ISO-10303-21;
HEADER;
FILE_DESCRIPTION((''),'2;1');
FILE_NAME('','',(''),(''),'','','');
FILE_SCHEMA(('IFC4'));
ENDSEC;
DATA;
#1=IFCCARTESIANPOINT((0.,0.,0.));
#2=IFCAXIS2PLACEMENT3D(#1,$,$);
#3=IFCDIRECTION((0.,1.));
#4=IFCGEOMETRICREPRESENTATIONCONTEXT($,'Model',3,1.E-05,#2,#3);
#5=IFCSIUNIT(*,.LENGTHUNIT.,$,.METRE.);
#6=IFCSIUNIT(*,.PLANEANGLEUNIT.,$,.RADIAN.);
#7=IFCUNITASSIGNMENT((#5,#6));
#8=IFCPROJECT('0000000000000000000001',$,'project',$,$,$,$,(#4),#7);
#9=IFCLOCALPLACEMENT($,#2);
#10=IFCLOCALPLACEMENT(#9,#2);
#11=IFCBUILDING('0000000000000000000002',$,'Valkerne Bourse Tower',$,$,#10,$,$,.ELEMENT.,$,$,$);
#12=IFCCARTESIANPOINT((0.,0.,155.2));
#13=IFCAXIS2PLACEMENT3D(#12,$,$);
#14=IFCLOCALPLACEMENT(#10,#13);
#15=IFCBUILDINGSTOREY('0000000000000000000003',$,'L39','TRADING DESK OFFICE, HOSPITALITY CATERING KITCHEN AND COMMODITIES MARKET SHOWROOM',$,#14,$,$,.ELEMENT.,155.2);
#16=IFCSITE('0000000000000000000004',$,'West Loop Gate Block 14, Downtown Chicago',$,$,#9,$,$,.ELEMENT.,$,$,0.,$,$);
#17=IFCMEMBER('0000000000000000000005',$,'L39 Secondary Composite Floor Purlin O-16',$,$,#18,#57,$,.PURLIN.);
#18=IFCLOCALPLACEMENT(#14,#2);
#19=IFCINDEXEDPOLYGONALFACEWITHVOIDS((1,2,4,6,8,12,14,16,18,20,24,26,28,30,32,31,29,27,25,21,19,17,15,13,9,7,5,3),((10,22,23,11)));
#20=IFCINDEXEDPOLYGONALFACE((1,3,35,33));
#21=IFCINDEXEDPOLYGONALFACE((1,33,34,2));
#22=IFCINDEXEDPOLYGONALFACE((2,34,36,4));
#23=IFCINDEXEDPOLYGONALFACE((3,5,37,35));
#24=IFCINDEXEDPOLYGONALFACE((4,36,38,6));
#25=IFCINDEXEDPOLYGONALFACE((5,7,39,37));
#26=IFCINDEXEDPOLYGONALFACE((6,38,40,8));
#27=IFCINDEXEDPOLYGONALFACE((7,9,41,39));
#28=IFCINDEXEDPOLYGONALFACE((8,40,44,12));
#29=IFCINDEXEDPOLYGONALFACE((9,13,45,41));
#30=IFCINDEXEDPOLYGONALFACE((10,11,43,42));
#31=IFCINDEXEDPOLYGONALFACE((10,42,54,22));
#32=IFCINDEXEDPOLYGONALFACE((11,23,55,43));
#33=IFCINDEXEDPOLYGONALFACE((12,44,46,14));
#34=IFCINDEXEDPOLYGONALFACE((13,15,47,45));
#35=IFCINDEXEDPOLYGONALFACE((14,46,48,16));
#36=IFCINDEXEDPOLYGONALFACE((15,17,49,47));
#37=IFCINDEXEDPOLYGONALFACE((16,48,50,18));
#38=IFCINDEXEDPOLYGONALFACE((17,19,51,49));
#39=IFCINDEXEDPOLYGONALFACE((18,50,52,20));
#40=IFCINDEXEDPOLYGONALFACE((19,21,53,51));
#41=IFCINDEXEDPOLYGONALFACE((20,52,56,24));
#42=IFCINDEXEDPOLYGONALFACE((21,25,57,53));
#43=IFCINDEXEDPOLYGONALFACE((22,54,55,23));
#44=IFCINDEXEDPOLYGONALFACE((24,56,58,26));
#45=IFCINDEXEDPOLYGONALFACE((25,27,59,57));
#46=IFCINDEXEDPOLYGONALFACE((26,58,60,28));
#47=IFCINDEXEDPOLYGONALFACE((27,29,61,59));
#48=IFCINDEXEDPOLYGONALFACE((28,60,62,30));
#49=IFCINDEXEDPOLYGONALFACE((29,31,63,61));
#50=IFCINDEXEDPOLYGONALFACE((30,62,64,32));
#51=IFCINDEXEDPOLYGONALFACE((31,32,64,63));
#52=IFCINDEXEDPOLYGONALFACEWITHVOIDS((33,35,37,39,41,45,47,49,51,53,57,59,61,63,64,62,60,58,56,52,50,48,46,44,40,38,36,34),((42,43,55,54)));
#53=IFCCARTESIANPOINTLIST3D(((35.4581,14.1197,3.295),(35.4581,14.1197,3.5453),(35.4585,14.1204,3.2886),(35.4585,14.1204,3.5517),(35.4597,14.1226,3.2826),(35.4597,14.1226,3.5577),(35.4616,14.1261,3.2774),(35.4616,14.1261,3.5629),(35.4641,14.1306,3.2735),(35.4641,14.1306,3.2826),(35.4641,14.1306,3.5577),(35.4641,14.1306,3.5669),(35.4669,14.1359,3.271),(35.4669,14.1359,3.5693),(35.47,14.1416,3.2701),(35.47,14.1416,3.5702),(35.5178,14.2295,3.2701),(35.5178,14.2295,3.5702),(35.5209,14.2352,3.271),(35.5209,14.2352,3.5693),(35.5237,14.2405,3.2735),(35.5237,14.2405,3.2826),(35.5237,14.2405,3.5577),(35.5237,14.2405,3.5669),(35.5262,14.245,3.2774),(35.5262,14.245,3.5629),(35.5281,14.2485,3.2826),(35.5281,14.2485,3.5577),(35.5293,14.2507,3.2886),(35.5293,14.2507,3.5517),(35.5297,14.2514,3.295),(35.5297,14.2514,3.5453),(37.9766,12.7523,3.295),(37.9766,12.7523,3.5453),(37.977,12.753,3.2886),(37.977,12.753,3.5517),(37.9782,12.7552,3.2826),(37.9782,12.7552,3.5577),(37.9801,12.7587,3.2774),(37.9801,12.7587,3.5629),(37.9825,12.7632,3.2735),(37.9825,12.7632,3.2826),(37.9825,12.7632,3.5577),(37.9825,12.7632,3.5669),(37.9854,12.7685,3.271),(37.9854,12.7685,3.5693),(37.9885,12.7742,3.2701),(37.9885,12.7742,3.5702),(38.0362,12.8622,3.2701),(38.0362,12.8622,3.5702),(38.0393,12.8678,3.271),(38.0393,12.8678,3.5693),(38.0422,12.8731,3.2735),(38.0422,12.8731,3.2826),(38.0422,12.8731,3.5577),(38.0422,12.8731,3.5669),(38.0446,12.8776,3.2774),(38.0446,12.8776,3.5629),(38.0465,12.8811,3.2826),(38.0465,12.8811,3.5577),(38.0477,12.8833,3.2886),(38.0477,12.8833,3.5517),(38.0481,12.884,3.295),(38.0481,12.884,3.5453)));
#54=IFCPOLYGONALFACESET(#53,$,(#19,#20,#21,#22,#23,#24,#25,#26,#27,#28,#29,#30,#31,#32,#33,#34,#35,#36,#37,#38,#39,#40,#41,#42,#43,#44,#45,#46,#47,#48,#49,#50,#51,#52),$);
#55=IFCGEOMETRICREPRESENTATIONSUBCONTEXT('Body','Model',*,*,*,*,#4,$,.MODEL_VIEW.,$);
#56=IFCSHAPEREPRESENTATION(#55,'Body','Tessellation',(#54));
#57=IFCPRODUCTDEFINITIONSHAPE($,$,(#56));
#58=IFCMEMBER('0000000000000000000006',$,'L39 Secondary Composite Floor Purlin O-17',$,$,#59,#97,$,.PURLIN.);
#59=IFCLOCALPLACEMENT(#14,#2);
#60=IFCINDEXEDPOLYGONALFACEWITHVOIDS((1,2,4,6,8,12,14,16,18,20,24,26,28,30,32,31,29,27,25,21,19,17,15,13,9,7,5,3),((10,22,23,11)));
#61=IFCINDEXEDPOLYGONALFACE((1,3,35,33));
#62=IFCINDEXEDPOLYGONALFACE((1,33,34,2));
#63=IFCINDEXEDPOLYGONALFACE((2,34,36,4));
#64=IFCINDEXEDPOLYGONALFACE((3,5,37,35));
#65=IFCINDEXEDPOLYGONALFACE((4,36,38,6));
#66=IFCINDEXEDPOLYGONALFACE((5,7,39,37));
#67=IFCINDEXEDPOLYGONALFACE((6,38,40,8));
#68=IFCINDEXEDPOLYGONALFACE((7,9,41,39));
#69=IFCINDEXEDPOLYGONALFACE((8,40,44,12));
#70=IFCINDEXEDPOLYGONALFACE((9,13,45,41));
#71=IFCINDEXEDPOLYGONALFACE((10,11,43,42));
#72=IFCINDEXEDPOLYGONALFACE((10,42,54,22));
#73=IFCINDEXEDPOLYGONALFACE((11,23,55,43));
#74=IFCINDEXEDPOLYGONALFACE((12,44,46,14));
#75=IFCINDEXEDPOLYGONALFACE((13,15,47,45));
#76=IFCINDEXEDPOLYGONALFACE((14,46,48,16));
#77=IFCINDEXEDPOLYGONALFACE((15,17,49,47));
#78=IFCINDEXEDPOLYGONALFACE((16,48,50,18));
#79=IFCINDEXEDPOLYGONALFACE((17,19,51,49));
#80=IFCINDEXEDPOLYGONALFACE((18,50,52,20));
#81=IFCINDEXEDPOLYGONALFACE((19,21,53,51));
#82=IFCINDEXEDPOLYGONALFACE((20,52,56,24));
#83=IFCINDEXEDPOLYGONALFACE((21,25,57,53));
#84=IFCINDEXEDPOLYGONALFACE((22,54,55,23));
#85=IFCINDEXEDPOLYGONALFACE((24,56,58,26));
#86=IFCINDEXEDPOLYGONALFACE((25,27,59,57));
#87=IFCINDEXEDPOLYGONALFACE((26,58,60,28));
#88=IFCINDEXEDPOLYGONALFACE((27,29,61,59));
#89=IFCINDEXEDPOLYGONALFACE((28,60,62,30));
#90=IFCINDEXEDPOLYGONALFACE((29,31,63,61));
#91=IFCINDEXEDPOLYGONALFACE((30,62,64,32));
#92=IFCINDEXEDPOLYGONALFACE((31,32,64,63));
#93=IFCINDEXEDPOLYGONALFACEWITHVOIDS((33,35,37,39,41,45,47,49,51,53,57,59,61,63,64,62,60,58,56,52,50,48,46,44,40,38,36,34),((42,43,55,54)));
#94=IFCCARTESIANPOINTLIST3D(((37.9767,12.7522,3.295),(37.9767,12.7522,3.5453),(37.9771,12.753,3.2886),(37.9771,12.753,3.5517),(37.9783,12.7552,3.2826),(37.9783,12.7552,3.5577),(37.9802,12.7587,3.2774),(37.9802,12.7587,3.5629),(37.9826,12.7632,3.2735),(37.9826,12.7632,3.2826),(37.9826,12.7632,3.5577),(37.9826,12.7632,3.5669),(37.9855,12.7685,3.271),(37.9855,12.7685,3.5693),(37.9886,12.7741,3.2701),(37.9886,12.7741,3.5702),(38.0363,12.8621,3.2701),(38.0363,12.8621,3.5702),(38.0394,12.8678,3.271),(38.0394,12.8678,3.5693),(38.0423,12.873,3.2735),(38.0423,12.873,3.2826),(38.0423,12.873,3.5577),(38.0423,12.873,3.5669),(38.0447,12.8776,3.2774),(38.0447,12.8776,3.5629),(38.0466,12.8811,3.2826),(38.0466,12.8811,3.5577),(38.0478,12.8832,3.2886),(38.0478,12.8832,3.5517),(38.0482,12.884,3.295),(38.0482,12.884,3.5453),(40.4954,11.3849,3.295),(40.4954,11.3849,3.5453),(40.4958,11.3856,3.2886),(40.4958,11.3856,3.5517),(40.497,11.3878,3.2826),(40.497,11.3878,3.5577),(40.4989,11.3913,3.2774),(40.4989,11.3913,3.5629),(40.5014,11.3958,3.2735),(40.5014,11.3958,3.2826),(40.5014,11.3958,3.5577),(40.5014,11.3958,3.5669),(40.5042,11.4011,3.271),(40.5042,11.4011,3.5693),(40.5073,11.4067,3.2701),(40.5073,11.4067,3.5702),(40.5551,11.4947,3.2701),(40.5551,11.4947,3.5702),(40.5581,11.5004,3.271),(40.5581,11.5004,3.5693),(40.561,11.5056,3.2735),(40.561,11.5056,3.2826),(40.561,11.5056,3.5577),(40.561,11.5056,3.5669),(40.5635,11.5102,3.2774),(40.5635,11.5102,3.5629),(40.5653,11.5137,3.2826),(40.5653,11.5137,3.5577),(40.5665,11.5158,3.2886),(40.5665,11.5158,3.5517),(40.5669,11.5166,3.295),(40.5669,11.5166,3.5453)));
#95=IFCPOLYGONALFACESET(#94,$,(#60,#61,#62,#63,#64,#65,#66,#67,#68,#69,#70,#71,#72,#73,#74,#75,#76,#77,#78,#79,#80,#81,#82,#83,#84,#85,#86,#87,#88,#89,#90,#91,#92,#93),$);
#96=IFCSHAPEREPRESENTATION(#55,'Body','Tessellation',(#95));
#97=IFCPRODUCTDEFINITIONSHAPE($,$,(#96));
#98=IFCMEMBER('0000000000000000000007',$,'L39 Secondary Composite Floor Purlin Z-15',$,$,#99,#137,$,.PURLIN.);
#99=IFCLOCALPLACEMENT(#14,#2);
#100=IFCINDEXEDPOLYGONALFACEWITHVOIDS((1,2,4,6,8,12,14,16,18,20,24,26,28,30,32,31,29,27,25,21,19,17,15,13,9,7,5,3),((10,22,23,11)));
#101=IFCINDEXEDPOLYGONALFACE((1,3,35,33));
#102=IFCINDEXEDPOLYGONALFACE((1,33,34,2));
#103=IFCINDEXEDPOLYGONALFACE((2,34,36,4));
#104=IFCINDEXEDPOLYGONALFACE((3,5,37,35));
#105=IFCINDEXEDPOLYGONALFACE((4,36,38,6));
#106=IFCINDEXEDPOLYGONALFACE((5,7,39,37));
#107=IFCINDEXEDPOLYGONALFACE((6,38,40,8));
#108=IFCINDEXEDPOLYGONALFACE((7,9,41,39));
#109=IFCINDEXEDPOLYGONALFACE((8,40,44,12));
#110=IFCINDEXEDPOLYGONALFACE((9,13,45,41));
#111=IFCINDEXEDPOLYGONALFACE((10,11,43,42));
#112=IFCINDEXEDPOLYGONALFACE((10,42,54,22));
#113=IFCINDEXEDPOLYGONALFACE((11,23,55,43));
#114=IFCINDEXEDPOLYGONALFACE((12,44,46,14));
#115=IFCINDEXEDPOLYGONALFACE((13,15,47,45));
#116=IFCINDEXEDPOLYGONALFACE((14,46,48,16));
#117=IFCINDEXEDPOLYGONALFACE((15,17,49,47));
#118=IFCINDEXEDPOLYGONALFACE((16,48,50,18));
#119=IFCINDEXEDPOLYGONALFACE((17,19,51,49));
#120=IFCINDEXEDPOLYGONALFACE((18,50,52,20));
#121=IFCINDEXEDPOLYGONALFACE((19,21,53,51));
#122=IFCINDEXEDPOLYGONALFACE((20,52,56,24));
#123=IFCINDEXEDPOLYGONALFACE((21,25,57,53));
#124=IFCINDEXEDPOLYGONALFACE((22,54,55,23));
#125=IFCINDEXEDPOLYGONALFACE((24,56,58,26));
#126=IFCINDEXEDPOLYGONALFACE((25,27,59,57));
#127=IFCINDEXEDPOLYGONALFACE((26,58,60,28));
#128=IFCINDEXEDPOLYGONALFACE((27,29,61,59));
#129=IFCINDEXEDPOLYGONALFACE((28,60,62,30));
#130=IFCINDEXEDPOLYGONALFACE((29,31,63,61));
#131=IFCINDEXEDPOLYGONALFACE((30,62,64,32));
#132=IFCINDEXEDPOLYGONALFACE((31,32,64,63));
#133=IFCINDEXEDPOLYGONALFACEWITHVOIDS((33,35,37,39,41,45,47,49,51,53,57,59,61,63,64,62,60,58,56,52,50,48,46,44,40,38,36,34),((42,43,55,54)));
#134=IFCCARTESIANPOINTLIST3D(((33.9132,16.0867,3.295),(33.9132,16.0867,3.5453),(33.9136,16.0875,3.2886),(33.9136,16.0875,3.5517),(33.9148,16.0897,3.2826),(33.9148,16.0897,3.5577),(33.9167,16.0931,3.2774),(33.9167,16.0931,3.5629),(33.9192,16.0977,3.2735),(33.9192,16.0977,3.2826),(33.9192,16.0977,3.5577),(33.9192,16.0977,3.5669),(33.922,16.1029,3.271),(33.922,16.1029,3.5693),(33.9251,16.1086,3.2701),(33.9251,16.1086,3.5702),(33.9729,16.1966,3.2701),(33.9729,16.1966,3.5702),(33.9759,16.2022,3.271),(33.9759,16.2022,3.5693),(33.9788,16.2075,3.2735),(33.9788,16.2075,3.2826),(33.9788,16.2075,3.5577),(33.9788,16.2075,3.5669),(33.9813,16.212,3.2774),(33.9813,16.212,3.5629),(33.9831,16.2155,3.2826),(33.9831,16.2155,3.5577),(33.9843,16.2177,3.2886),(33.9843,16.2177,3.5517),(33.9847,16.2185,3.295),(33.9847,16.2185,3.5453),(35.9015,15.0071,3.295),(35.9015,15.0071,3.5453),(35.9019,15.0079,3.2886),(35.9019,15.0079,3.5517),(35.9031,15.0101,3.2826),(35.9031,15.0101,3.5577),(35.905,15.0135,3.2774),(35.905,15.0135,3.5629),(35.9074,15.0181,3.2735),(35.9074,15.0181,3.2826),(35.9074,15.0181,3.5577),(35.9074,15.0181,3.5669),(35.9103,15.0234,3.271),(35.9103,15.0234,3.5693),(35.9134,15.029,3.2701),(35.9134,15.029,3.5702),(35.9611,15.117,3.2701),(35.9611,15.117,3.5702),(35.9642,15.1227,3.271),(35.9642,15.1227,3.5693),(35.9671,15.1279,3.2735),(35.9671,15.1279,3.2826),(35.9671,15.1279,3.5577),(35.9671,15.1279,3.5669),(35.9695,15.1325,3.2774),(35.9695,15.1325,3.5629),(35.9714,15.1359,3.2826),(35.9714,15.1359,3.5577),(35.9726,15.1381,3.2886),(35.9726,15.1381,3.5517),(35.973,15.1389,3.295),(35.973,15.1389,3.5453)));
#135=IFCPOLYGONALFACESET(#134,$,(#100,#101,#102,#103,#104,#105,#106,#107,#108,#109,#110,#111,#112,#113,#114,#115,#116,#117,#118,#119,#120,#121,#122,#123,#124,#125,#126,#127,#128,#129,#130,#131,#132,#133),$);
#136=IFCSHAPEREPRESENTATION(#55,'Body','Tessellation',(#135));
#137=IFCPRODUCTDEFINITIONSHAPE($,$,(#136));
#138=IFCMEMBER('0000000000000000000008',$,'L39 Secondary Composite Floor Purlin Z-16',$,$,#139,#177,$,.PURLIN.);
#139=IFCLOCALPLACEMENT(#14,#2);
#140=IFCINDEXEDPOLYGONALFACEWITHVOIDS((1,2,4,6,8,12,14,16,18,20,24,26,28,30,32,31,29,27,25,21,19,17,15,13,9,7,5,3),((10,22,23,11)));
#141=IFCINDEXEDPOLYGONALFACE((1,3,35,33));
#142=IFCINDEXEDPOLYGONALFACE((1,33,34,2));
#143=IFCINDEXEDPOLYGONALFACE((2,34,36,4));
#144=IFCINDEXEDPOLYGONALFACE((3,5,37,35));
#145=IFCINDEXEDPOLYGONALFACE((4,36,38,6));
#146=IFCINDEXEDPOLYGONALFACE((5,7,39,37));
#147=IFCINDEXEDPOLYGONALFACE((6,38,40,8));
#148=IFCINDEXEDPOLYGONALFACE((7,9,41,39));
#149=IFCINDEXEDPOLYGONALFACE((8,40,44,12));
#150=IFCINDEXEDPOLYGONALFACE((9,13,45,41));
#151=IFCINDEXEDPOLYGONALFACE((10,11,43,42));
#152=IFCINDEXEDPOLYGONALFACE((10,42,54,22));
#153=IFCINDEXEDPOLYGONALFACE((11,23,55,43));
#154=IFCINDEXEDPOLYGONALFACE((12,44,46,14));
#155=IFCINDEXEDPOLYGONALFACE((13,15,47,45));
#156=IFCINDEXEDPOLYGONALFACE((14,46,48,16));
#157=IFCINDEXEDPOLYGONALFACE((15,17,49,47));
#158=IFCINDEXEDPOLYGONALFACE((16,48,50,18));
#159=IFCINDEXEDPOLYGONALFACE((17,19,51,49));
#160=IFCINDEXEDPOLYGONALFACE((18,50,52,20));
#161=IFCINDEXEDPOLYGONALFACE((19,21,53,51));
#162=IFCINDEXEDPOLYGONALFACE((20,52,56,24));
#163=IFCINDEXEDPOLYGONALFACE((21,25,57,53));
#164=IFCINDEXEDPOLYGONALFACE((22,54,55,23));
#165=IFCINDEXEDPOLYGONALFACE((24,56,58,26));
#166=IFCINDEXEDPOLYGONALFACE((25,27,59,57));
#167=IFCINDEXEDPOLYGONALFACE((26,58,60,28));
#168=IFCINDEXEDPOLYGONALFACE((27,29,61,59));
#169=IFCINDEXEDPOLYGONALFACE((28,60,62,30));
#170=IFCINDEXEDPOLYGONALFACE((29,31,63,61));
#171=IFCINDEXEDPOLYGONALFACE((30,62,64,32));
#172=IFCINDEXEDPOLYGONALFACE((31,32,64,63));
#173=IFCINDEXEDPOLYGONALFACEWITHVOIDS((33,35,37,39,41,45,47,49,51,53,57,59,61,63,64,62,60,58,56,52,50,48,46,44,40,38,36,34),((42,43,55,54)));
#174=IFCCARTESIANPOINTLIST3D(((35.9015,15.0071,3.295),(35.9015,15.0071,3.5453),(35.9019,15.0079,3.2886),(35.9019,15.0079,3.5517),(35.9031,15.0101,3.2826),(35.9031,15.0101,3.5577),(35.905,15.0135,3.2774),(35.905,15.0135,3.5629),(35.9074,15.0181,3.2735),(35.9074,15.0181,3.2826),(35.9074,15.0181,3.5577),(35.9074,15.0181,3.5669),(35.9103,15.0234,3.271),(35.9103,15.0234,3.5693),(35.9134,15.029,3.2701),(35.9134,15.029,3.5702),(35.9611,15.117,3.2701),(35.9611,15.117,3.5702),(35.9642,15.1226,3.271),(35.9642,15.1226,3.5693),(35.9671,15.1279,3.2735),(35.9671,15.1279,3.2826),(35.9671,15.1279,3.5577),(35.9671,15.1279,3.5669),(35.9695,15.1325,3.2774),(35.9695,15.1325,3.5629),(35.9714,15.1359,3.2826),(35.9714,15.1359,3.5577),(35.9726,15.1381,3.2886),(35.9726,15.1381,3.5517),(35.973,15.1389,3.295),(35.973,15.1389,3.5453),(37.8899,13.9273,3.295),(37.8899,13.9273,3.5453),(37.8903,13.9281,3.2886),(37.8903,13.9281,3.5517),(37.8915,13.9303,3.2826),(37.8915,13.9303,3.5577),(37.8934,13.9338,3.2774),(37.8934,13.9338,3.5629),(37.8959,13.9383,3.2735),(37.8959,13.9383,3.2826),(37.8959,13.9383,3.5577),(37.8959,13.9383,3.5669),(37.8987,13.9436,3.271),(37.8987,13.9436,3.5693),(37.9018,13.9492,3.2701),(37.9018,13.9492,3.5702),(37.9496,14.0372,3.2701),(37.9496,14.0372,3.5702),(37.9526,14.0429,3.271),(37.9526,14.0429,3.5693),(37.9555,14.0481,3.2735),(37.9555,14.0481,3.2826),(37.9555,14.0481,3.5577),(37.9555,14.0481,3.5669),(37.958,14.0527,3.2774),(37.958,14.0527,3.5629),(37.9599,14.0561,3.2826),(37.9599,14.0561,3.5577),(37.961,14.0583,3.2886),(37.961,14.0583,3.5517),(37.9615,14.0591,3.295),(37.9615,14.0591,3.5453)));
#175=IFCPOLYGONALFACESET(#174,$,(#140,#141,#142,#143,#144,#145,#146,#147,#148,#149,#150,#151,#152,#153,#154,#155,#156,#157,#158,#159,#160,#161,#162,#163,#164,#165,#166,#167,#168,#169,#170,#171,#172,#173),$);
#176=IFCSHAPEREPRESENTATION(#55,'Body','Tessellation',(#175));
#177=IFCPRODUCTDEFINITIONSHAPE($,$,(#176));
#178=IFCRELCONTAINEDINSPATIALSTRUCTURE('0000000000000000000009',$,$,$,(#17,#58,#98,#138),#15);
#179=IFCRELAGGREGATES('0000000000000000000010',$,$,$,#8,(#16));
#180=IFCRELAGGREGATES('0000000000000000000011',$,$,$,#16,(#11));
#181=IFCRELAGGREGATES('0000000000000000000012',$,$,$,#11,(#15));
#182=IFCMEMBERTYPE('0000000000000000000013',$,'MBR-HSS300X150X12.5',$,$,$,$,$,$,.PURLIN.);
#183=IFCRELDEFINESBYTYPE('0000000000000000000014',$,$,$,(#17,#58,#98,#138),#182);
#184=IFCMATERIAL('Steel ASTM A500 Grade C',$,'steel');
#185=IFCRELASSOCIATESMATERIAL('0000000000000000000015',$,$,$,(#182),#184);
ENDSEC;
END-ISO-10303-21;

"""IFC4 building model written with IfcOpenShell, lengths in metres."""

from ifc_helpers import new_model, si_unit, direction, frame, origin, origin_2d, place, context, subcontext, project, spatial, hollow_rectangle, extrude, material, material_profile, profile_set, type_object, element, save


model = new_model("IFC4")

# Units and contexts
model_context = context("Model", 3, precision=1e-05, world=origin(), true_north=direction((0.0, 1.0)))
body_context = subcontext(model_context, "Body", "Model", "MODEL_VIEW")
ifc_project = project(units=[si_unit("LENGTHUNIT", "METRE"), si_unit("PLANEANGLEUNIT", "RADIAN")], contexts=[model_context])

# Site, building, storey
site_placement = place(None, origin())
site = spatial("IfcSite", under=ifc_project, at=site_placement, Name="West Loop Gate Block 14, Downtown Chicago", CompositionType="ELEMENT", RefElevation=0.0)
building_placement = place(site_placement, origin())
building = spatial("IfcBuilding", under=site, at=building_placement, Name="Valkerne Bourse Tower", CompositionType="ELEMENT")
storey_placement = place(building_placement, frame((0.0, 0.0, 155.2)))
storey = spatial("IfcBuildingStorey", under=building, at=storey_placement, Name="L39", Description="TRADING DESK OFFICE, HOSPITALITY CATERING KITCHEN AND COMMODITIES MARKET SHOWROOM", CompositionType="ELEMENT", Elevation=155.2)

# Members
ifc_material_1 = material(Name="Steel ASTM A500 Grade C", Category="steel")
ifc_material_profile_1 = material_profile(ifc_material_1, hollow_rectangle(XDim=0.1499, YDim=0.3, WallThickness=0.0125, OuterFilletRadius=0.0249, at=origin_2d()), Name="HSS300X150X12.5")
ifc_profile_set_1 = profile_set([ifc_material_profile_1], Name="Steel ASTM A500 Grade C")
member_type_1 = type_object("IfcMemberType", Name="MBR-HSS300X150X12.5", PredefinedType="PURLIN", material=ifc_profile_set_1)
member_1_placement = place(storey_placement, frame((35.4939, 14.1855, 3.4202), z_axis=(0.878822, -0.47715, 0.0), x_axis=(0.47715, 0.878822, 0.0)))
element("IfcMember", 1, at=member_1_placement, inside=storey, type_object=member_type_1, Name="L39 Secondary Composite Floor Purlin O-16", PredefinedType="PURLIN", context=body_context, shape_type="SweptSolid", body=[
    extrude(hollow_rectangle(XDim=0.1499, YDim=0.3, WallThickness=0.0125, OuterFilletRadius=0.0249, at=origin_2d()), origin(), (0.0, 0.0, 1.0), 2.8657),
])
member_2_placement = place(storey_placement, frame((38.0125, 12.8181, 3.4202), z_axis=(0.878841, -0.477114, 0.0), x_axis=(0.477114, 0.878841, 0.0)))
element("IfcMember", 2, at=member_2_placement, inside=storey, type_object=member_type_1, Name="L39 Secondary Composite Floor Purlin O-17", PredefinedType="PURLIN", context=body_context, shape_type="SweptSolid", body=[
    extrude(hollow_rectangle(XDim=0.1499, YDim=0.3, WallThickness=0.0125, OuterFilletRadius=0.0249, at=origin_2d()), origin(), (0.0, 0.0, 1.0), 2.866),
])
member_3_placement = place(storey_placement, frame((33.949, 16.1526, 3.4202), z_axis=(0.878809, -0.477173, 0.0), x_axis=(0.477173, 0.878809, 0.0)))
element("IfcMember", 3, at=member_3_placement, inside=storey, type_object=member_type_1, Name="L39 Secondary Composite Floor Purlin Z-15", PredefinedType="PURLIN", context=body_context, shape_type="SweptSolid", body=[
    extrude(hollow_rectangle(XDim=0.1499, YDim=0.3, WallThickness=0.0125, OuterFilletRadius=0.0249, at=origin_2d()), origin(), (0.0, 0.0, 1.0), 2.2625),
])
member_4_placement = place(storey_placement, frame((35.9373, 15.073, 3.4202), z_axis=(0.878789, -0.477211, 0.0), x_axis=(0.477211, 0.878789, 0.0)))
element("IfcMember", 4, at=member_4_placement, inside=storey, type_object=member_type_1, Name="L39 Secondary Composite Floor Purlin Z-16", PredefinedType="PURLIN", context=body_context, shape_type="SweptSolid", body=[
    extrude(hollow_rectangle(XDim=0.1499, YDim=0.3, WallThickness=0.0125, OuterFilletRadius=0.0249, at=origin_2d()), origin(), (0.0, 0.0, 1.0), 2.2627),
])

save(model, "model.ifc")
